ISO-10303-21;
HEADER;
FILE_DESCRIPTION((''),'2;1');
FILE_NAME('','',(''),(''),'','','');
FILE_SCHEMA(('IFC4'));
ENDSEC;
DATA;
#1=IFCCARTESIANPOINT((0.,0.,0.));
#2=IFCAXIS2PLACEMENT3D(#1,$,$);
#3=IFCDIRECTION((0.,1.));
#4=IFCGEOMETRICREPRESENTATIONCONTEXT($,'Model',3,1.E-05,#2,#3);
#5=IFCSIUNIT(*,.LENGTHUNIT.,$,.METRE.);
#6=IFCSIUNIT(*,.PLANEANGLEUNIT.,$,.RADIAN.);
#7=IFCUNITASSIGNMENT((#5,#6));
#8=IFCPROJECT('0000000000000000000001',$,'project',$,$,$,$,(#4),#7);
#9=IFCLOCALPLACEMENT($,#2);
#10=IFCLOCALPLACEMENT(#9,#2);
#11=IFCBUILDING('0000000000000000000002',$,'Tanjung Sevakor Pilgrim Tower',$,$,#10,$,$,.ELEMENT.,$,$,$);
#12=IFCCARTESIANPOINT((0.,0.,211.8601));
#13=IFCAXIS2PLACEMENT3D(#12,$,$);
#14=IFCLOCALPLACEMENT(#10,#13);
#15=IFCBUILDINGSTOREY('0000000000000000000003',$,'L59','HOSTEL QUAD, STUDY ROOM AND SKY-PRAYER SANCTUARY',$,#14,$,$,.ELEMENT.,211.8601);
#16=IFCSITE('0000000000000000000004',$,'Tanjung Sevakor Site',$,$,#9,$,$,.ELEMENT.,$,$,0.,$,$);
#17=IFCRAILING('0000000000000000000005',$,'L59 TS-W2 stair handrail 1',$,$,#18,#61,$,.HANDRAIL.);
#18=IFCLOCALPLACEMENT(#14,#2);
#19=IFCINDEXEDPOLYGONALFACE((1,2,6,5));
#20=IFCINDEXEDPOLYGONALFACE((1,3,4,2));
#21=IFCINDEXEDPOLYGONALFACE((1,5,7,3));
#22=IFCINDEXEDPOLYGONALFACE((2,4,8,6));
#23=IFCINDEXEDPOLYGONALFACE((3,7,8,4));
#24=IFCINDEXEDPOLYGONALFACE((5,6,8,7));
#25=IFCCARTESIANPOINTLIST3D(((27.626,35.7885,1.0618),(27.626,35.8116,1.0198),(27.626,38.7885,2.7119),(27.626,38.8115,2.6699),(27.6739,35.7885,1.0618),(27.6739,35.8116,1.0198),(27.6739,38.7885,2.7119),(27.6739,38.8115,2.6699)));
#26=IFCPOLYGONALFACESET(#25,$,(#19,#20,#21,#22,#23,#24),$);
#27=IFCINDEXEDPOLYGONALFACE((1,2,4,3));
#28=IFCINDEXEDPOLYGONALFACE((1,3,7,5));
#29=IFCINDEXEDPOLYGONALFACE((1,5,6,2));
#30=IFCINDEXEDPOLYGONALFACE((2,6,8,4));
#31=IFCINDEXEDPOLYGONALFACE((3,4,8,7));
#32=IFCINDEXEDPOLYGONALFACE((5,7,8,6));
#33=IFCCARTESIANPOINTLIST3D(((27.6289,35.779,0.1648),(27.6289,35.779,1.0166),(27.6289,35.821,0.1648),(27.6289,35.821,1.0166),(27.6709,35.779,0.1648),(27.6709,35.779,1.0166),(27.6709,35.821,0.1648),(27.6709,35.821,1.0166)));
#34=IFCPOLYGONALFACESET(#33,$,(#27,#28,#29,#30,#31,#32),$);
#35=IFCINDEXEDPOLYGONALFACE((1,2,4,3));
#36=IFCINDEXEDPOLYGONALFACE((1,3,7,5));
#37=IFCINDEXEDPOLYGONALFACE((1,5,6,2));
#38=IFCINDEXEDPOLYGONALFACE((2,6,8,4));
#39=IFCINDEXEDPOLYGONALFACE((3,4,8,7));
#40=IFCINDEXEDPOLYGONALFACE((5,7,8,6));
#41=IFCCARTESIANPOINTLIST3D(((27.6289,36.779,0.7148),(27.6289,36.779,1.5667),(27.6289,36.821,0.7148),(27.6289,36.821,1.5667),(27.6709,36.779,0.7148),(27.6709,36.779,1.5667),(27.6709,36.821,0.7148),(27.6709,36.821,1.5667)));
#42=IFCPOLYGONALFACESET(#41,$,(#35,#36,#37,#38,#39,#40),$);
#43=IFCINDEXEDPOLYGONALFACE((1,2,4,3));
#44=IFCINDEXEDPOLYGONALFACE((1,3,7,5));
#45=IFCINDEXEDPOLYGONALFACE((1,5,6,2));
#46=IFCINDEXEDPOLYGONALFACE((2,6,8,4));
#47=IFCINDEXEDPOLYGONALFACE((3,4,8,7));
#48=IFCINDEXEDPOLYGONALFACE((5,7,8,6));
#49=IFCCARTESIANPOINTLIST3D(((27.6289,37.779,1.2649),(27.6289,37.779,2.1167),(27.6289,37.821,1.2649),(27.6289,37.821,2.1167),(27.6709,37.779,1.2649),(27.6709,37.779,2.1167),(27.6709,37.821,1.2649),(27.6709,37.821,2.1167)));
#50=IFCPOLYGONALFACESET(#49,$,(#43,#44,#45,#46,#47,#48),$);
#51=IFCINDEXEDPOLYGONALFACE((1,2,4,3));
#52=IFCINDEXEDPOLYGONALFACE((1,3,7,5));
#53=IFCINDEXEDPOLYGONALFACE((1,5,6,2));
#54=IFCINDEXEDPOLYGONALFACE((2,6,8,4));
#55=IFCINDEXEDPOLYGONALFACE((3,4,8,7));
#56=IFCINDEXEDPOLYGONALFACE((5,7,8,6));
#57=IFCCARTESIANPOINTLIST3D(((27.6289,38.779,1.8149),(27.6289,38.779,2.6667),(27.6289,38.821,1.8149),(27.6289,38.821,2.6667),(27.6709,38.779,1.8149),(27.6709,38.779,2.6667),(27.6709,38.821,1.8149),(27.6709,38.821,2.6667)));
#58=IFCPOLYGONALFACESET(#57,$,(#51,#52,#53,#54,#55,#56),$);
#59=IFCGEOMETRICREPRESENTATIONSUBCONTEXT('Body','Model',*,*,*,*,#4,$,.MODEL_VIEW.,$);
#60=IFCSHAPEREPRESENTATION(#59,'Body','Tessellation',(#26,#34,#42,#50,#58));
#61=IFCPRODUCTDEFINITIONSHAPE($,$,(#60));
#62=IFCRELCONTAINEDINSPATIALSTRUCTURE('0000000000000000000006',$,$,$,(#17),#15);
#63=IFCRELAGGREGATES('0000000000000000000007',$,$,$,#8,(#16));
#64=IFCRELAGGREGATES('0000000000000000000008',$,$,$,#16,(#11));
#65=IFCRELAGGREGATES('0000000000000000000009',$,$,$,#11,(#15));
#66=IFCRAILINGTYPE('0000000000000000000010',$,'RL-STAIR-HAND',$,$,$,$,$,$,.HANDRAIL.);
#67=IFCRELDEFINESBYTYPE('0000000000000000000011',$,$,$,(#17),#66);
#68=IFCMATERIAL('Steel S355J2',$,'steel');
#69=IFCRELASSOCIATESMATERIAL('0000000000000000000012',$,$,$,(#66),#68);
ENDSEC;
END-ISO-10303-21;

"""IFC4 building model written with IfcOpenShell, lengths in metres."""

from ifc_helpers import new_model, si_unit, direction, frame, origin, place, context, subcontext, project, spatial, rectangle, extrude, material, type_object, element, save


model = new_model("IFC4")

# Units and contexts
model_context = context("Model", 3, precision=1e-05, world=origin(), true_north=direction((0.0, 1.0)))
body_context = subcontext(model_context, "Body", "Model", "MODEL_VIEW")
ifc_project = project(units=[si_unit("LENGTHUNIT", "METRE"), si_unit("PLANEANGLEUNIT", "RADIAN")], contexts=[model_context])

# Site, building, storey
site_placement = place(None, origin())
site = spatial("IfcSite", under=ifc_project, at=site_placement, Name="Tanjung Sevakor Site", CompositionType="ELEMENT", RefElevation=0.0)
building_placement = place(site_placement, origin())
building = spatial("IfcBuilding", under=site, at=building_placement, Name="Tanjung Sevakor Pilgrim Tower", CompositionType="ELEMENT")
storey_placement = place(building_placement, frame((0.0, 0.0, 211.8601)))
storey = spatial("IfcBuildingStorey", under=building, at=storey_placement, Name="L59", Description="HOSTEL QUAD, STUDY ROOM AND SKY-PRAYER SANCTUARY", CompositionType="ELEMENT", Elevation=211.8601)

# Railing
ifc_material_1 = material(Name="Steel S355J2", Category="steel")
railing_type = type_object("IfcRailingType", Name="RL-STAIR-HAND", PredefinedType="HANDRAIL", material=ifc_material_1)
railing_placement = place(storey_placement, frame((27.6499, 35.8, 0.1648)))
element("IfcRailing", 1, at=railing_placement, inside=storey, type_object=railing_type, Name="L59 TS-W2 stair handrail 1", PredefinedType="HANDRAIL", context=body_context, shape_type="SweptSolid", body=[
    extrude(rectangle(XDim=0.0479, YDim=0.0479), frame((0.0, 0.0, 0.876), z_axis=(0.0, 0.876198, 0.481952), x_axis=(-1.0, 0.0, 0.0)), (0.0, 0.0, 1.0), 3.4238),
    extrude(rectangle(XDim=0.042, YDim=0.042), origin(), (0.0, 0.0, 1.0), 0.8518),
    extrude(rectangle(XDim=0.042, YDim=0.042), frame((0.0, 1.0, 0.55)), (0.0, 0.0, 1.0), 0.8518),
    extrude(rectangle(XDim=0.042, YDim=0.042), frame((0.0, 2.0, 1.1001)), (0.0, 0.0, 1.0), 0.8518),
    extrude(rectangle(XDim=0.042, YDim=0.042), frame((0.0, 3.0, 1.6501)), (0.0, 0.0, 1.0), 0.8518),
])

save(model, "model.ifc")
